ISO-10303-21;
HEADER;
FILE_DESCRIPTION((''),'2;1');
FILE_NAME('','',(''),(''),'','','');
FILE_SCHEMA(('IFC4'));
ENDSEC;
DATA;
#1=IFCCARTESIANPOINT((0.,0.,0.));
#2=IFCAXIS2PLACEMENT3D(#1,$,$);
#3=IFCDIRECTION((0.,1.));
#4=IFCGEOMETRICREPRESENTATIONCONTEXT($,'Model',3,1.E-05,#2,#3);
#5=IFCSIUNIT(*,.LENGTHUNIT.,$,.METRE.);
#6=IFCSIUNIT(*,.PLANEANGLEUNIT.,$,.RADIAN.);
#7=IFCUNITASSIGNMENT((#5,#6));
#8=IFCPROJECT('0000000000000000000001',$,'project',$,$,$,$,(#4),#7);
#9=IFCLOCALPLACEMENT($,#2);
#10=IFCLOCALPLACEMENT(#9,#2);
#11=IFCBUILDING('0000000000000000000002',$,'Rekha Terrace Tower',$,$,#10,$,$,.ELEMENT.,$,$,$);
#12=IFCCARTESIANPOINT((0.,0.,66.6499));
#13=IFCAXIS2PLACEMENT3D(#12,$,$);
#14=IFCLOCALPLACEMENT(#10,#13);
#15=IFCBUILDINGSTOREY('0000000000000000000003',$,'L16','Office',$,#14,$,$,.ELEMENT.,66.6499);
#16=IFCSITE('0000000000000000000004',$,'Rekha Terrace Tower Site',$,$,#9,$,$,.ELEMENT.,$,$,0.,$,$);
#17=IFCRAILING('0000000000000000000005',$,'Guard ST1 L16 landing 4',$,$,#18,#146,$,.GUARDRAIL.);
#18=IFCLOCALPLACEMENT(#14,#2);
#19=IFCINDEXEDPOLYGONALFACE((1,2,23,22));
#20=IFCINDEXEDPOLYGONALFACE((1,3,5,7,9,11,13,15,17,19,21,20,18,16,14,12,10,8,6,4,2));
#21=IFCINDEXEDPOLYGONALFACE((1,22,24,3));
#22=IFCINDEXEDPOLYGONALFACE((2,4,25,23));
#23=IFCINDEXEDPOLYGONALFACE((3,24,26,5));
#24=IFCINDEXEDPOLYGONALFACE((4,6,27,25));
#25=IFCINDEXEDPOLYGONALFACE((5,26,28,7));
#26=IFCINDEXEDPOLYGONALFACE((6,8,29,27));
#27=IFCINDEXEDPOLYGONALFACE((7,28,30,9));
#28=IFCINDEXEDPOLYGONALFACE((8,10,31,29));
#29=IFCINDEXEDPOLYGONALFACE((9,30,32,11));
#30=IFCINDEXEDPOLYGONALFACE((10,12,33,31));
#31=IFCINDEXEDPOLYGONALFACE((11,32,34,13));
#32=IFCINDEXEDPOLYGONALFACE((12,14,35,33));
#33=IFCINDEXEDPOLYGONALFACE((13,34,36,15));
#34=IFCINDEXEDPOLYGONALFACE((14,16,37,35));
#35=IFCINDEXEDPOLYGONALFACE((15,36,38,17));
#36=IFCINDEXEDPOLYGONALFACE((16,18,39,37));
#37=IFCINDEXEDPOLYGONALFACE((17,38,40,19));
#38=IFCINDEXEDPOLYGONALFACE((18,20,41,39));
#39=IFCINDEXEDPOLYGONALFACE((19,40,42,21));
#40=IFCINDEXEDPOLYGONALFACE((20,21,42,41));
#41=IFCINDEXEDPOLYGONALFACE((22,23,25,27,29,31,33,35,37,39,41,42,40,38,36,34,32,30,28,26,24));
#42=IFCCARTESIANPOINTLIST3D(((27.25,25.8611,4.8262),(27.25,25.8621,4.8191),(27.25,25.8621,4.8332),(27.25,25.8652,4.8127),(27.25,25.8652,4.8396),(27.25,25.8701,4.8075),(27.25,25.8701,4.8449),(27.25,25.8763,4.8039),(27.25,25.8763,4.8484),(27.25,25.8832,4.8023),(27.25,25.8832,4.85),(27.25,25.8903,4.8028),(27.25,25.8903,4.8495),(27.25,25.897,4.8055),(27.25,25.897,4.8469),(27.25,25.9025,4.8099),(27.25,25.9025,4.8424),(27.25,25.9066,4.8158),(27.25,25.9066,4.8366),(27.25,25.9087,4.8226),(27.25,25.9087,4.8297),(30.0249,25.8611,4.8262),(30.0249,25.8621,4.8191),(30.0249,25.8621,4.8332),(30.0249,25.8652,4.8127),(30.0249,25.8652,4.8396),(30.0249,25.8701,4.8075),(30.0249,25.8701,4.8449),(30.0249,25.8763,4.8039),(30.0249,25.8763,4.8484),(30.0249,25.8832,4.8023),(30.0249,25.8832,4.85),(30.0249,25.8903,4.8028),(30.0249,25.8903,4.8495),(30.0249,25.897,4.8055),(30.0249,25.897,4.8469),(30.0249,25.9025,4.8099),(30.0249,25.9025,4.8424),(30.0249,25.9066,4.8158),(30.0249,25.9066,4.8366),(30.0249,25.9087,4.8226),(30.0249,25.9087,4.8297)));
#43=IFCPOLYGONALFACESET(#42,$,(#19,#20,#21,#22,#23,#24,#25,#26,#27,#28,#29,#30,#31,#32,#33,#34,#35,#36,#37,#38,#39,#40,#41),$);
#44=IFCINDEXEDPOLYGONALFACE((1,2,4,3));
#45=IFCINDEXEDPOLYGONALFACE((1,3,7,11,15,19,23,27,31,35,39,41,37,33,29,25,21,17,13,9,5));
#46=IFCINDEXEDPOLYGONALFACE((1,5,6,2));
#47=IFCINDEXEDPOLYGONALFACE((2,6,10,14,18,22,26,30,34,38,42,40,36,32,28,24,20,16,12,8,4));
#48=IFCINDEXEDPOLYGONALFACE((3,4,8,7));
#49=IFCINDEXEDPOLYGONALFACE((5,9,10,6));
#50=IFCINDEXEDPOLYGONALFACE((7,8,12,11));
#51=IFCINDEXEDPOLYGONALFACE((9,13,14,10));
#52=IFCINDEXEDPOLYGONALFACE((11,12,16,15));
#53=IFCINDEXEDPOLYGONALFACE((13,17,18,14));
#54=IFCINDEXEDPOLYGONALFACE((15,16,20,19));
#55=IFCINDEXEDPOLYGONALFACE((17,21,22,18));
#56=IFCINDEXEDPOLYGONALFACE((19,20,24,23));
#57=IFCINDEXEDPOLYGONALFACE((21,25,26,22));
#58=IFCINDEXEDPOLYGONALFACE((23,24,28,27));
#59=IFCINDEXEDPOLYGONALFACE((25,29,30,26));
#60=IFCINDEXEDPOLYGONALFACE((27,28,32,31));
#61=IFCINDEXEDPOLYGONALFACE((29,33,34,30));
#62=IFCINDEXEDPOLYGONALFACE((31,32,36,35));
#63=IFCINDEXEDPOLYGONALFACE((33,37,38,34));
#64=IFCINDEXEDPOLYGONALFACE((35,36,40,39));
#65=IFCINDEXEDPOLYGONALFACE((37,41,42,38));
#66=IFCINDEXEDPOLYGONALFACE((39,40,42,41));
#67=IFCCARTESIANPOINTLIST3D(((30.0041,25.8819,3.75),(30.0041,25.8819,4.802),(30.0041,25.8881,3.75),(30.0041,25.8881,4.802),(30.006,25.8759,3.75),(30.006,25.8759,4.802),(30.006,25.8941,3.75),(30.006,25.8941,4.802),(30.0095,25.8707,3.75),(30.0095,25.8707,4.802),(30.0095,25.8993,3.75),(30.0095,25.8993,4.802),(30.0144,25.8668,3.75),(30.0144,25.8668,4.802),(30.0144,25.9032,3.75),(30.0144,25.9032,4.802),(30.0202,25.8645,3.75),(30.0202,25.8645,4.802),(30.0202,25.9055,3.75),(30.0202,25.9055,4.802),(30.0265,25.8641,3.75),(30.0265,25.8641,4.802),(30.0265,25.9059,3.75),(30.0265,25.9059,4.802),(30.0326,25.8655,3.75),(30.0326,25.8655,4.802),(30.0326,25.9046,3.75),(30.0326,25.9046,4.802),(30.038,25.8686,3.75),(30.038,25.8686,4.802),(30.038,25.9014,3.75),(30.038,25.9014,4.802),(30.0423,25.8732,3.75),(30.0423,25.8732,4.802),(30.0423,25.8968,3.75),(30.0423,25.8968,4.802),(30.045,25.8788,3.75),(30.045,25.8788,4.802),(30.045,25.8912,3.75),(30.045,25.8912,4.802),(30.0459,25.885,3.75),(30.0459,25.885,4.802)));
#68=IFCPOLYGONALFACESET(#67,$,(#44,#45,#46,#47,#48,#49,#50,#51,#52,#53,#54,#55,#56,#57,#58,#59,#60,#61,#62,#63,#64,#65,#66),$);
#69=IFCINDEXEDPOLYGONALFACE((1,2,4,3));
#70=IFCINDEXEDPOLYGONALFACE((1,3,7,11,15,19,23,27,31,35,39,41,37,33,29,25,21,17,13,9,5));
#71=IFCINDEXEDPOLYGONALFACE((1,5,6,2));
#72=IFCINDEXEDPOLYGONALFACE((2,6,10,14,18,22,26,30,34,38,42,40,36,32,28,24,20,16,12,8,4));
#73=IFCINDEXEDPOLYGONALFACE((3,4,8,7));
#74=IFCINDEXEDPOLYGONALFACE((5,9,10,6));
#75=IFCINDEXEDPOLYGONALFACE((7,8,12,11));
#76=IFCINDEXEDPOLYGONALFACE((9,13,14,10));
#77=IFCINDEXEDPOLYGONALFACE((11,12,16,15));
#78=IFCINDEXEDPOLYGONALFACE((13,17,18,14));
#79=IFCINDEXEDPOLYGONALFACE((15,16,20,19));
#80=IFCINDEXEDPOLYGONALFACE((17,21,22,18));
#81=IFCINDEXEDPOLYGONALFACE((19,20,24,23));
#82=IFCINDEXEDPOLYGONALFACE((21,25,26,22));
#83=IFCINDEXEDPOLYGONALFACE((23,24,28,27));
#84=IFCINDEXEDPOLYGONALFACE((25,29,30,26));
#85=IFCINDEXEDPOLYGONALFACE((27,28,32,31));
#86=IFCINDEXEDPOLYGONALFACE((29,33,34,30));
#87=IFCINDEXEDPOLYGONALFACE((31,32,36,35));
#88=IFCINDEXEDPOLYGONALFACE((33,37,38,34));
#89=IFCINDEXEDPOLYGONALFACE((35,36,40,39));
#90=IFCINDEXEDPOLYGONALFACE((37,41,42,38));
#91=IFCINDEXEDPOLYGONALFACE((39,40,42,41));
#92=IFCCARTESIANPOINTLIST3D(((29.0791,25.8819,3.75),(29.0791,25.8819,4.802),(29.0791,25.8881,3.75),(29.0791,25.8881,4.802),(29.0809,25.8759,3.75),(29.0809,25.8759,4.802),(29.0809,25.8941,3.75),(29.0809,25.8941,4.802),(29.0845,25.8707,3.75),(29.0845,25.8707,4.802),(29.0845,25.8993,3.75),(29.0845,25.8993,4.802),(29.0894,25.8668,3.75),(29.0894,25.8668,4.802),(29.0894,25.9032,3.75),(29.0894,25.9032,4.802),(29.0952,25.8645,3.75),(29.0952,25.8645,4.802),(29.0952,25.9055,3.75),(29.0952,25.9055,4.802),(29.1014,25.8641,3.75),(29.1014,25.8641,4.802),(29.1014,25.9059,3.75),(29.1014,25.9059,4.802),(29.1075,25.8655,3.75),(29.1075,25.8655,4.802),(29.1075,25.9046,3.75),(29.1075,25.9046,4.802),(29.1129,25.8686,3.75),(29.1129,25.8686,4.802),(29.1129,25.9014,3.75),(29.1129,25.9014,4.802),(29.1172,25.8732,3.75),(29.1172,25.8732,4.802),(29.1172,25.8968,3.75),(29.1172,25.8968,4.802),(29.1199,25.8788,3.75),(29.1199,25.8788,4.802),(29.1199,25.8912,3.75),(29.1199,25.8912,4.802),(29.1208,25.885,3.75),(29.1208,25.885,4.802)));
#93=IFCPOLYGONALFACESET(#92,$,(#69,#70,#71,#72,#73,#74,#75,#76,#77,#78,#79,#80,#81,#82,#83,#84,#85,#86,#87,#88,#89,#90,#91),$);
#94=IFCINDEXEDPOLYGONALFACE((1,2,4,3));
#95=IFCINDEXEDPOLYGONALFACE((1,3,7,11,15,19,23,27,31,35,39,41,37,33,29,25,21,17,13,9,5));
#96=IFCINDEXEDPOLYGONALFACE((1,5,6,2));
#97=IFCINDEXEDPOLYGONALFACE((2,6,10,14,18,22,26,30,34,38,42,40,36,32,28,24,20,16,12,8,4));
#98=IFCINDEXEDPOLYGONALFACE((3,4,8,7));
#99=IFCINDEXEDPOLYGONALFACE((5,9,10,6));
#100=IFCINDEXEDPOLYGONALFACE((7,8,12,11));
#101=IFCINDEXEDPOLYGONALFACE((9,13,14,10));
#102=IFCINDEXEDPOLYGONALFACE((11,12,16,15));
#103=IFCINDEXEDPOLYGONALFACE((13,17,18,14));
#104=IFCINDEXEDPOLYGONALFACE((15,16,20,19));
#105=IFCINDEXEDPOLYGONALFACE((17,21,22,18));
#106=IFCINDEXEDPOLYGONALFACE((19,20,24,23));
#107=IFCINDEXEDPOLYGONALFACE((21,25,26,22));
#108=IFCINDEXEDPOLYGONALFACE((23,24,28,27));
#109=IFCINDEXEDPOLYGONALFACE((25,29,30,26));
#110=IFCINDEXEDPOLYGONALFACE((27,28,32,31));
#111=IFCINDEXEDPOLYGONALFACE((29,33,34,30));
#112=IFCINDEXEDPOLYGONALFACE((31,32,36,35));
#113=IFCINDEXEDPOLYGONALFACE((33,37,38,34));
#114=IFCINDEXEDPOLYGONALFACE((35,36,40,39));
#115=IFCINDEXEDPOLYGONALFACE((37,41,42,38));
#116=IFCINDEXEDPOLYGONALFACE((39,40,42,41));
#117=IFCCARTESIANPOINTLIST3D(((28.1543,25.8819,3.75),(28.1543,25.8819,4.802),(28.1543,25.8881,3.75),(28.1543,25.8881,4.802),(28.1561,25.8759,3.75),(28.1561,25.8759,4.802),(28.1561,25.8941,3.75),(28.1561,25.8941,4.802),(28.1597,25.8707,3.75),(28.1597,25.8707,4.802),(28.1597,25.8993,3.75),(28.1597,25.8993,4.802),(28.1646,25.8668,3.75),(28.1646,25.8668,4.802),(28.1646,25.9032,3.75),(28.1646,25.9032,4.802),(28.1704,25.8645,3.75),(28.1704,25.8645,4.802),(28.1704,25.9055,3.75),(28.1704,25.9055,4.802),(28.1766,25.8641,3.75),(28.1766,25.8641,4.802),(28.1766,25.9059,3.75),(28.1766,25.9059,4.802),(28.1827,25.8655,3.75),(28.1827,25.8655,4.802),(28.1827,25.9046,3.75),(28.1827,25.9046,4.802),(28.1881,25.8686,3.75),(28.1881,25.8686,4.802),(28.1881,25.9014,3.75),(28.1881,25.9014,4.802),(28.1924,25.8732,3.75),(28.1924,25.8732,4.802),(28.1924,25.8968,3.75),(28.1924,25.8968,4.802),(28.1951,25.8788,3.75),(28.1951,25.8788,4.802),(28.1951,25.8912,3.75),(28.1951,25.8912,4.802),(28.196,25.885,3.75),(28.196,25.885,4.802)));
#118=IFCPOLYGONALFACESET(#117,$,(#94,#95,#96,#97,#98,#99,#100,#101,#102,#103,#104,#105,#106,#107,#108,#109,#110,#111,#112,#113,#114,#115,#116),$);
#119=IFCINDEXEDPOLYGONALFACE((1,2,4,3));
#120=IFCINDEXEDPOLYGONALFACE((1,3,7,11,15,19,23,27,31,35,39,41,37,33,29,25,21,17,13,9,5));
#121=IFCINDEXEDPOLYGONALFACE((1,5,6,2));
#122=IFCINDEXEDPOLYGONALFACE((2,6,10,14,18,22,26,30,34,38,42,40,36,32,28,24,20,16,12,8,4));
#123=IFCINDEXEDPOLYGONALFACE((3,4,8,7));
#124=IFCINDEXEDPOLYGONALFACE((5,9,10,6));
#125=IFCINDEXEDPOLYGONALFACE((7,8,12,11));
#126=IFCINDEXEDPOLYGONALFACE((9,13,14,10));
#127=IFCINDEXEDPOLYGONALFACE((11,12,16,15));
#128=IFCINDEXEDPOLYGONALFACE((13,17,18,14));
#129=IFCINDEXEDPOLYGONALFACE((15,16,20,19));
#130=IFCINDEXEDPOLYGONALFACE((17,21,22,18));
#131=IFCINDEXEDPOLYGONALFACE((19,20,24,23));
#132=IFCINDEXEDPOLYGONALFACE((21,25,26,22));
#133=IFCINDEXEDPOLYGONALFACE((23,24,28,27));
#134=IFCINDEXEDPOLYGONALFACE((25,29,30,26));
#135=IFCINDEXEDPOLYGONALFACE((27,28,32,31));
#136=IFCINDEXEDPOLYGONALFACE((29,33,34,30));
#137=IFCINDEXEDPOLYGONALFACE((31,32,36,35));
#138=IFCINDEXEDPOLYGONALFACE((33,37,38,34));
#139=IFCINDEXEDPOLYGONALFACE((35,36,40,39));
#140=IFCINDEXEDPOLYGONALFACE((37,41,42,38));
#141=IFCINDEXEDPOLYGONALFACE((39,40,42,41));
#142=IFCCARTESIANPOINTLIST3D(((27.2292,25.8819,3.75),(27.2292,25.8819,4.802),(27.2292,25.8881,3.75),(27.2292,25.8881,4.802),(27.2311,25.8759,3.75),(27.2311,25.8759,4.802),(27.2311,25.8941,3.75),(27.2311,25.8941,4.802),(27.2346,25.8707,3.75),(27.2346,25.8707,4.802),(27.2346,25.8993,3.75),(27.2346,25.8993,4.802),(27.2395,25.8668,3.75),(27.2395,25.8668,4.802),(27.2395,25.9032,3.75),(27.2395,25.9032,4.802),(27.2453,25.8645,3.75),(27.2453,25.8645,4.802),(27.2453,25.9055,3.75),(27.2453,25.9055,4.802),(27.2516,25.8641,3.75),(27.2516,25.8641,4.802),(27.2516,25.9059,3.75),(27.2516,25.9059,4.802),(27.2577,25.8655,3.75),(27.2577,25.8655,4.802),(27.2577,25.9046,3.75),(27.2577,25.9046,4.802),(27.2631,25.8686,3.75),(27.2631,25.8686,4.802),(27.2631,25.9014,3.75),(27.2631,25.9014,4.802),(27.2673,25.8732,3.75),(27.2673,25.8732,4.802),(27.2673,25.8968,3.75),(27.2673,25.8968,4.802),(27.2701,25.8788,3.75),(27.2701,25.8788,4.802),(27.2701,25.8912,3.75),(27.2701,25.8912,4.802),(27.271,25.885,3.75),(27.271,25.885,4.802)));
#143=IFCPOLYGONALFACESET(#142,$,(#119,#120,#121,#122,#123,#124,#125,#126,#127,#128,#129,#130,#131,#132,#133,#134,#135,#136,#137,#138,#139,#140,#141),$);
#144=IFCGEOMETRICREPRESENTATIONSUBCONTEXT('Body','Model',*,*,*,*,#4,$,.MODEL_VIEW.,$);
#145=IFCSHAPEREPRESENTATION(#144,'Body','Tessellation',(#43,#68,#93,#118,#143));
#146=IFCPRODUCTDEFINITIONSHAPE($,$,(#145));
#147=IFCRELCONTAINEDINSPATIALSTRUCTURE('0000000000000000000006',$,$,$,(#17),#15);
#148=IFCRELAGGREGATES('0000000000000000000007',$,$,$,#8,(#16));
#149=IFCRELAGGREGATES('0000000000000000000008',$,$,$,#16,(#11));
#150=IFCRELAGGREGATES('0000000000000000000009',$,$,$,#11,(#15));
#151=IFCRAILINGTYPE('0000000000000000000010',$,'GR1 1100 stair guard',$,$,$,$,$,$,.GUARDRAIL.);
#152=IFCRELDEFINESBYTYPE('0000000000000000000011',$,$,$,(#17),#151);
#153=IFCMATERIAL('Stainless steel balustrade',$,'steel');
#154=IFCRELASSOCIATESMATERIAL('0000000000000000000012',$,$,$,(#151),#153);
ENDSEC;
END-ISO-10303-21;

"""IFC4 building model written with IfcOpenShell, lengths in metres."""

from ifc_helpers import new_model, si_unit, direction, frame, origin, origin_2d, place, context, subcontext, project, spatial, circle, extrude, material, type_object, element, save


model = new_model("IFC4")

# Units and contexts
model_context = context("Model", 3, precision=1e-05, world=origin(), true_north=direction((0.0, 1.0)))
body_context = subcontext(model_context, "Body", "Model", "MODEL_VIEW")
ifc_project = project(units=[si_unit("LENGTHUNIT", "METRE"), si_unit("PLANEANGLEUNIT", "RADIAN")], contexts=[model_context])

# Site, building, storey
site_placement = place(None, origin())
site = spatial("IfcSite", under=ifc_project, at=site_placement, Name="Rekha Terrace Tower Site", CompositionType="ELEMENT", RefElevation=0.0)
building_placement = place(site_placement, origin())
building = spatial("IfcBuilding", under=site, at=building_placement, Name="Rekha Terrace Tower", CompositionType="ELEMENT")
storey_placement = place(building_placement, frame((0.0, 0.0, 66.6499)))
storey = spatial("IfcBuildingStorey", under=building, at=storey_placement, Name="L16", Description="Office", CompositionType="ELEMENT", Elevation=66.6499)

# Railing
ifc_material_1 = material(Name="Stainless steel balustrade", Category="steel")
railing_type_1 = type_object("IfcRailingType", Name="GR1 1100 stair guard", PredefinedType="GUARDRAIL", material=ifc_material_1)
railing_1_placement = place(storey_placement, frame((30.0249, 25.885, 3.75)))
element("IfcRailing", 1, at=railing_1_placement, inside=storey, type_object=railing_type_1, Name="Guard ST1 L16 landing 4", PredefinedType="GUARDRAIL", context=body_context, shape_type="SweptSolid", body=[
    extrude(circle(Radius=0.0239, at=origin_2d()), frame((0.0, 0.0, 1.0762), z_axis=(-1.0, 0.0, 0.0), x_axis=(0.0, -1.0, 0.0)), (0.0, 0.0, 1.0), 2.7749),
    extrude(circle(Radius=0.021, at=origin_2d()), origin(), (0.0, 0.0, 1.0), 1.052),
    extrude(circle(Radius=0.021, at=origin_2d()), frame((-0.925, 0.0, 0.0)), (0.0, 0.0, 1.0), 1.052),
    extrude(circle(Radius=0.021, at=origin_2d()), frame((-1.8499, 0.0, 0.0)), (0.0, 0.0, 1.0), 1.052),
    extrude(circle(Radius=0.021, at=origin_2d()), frame((-2.7749, 0.0, 0.0)), (0.0, 0.0, 1.0), 1.052),
])

save(model, "model.ifc")
